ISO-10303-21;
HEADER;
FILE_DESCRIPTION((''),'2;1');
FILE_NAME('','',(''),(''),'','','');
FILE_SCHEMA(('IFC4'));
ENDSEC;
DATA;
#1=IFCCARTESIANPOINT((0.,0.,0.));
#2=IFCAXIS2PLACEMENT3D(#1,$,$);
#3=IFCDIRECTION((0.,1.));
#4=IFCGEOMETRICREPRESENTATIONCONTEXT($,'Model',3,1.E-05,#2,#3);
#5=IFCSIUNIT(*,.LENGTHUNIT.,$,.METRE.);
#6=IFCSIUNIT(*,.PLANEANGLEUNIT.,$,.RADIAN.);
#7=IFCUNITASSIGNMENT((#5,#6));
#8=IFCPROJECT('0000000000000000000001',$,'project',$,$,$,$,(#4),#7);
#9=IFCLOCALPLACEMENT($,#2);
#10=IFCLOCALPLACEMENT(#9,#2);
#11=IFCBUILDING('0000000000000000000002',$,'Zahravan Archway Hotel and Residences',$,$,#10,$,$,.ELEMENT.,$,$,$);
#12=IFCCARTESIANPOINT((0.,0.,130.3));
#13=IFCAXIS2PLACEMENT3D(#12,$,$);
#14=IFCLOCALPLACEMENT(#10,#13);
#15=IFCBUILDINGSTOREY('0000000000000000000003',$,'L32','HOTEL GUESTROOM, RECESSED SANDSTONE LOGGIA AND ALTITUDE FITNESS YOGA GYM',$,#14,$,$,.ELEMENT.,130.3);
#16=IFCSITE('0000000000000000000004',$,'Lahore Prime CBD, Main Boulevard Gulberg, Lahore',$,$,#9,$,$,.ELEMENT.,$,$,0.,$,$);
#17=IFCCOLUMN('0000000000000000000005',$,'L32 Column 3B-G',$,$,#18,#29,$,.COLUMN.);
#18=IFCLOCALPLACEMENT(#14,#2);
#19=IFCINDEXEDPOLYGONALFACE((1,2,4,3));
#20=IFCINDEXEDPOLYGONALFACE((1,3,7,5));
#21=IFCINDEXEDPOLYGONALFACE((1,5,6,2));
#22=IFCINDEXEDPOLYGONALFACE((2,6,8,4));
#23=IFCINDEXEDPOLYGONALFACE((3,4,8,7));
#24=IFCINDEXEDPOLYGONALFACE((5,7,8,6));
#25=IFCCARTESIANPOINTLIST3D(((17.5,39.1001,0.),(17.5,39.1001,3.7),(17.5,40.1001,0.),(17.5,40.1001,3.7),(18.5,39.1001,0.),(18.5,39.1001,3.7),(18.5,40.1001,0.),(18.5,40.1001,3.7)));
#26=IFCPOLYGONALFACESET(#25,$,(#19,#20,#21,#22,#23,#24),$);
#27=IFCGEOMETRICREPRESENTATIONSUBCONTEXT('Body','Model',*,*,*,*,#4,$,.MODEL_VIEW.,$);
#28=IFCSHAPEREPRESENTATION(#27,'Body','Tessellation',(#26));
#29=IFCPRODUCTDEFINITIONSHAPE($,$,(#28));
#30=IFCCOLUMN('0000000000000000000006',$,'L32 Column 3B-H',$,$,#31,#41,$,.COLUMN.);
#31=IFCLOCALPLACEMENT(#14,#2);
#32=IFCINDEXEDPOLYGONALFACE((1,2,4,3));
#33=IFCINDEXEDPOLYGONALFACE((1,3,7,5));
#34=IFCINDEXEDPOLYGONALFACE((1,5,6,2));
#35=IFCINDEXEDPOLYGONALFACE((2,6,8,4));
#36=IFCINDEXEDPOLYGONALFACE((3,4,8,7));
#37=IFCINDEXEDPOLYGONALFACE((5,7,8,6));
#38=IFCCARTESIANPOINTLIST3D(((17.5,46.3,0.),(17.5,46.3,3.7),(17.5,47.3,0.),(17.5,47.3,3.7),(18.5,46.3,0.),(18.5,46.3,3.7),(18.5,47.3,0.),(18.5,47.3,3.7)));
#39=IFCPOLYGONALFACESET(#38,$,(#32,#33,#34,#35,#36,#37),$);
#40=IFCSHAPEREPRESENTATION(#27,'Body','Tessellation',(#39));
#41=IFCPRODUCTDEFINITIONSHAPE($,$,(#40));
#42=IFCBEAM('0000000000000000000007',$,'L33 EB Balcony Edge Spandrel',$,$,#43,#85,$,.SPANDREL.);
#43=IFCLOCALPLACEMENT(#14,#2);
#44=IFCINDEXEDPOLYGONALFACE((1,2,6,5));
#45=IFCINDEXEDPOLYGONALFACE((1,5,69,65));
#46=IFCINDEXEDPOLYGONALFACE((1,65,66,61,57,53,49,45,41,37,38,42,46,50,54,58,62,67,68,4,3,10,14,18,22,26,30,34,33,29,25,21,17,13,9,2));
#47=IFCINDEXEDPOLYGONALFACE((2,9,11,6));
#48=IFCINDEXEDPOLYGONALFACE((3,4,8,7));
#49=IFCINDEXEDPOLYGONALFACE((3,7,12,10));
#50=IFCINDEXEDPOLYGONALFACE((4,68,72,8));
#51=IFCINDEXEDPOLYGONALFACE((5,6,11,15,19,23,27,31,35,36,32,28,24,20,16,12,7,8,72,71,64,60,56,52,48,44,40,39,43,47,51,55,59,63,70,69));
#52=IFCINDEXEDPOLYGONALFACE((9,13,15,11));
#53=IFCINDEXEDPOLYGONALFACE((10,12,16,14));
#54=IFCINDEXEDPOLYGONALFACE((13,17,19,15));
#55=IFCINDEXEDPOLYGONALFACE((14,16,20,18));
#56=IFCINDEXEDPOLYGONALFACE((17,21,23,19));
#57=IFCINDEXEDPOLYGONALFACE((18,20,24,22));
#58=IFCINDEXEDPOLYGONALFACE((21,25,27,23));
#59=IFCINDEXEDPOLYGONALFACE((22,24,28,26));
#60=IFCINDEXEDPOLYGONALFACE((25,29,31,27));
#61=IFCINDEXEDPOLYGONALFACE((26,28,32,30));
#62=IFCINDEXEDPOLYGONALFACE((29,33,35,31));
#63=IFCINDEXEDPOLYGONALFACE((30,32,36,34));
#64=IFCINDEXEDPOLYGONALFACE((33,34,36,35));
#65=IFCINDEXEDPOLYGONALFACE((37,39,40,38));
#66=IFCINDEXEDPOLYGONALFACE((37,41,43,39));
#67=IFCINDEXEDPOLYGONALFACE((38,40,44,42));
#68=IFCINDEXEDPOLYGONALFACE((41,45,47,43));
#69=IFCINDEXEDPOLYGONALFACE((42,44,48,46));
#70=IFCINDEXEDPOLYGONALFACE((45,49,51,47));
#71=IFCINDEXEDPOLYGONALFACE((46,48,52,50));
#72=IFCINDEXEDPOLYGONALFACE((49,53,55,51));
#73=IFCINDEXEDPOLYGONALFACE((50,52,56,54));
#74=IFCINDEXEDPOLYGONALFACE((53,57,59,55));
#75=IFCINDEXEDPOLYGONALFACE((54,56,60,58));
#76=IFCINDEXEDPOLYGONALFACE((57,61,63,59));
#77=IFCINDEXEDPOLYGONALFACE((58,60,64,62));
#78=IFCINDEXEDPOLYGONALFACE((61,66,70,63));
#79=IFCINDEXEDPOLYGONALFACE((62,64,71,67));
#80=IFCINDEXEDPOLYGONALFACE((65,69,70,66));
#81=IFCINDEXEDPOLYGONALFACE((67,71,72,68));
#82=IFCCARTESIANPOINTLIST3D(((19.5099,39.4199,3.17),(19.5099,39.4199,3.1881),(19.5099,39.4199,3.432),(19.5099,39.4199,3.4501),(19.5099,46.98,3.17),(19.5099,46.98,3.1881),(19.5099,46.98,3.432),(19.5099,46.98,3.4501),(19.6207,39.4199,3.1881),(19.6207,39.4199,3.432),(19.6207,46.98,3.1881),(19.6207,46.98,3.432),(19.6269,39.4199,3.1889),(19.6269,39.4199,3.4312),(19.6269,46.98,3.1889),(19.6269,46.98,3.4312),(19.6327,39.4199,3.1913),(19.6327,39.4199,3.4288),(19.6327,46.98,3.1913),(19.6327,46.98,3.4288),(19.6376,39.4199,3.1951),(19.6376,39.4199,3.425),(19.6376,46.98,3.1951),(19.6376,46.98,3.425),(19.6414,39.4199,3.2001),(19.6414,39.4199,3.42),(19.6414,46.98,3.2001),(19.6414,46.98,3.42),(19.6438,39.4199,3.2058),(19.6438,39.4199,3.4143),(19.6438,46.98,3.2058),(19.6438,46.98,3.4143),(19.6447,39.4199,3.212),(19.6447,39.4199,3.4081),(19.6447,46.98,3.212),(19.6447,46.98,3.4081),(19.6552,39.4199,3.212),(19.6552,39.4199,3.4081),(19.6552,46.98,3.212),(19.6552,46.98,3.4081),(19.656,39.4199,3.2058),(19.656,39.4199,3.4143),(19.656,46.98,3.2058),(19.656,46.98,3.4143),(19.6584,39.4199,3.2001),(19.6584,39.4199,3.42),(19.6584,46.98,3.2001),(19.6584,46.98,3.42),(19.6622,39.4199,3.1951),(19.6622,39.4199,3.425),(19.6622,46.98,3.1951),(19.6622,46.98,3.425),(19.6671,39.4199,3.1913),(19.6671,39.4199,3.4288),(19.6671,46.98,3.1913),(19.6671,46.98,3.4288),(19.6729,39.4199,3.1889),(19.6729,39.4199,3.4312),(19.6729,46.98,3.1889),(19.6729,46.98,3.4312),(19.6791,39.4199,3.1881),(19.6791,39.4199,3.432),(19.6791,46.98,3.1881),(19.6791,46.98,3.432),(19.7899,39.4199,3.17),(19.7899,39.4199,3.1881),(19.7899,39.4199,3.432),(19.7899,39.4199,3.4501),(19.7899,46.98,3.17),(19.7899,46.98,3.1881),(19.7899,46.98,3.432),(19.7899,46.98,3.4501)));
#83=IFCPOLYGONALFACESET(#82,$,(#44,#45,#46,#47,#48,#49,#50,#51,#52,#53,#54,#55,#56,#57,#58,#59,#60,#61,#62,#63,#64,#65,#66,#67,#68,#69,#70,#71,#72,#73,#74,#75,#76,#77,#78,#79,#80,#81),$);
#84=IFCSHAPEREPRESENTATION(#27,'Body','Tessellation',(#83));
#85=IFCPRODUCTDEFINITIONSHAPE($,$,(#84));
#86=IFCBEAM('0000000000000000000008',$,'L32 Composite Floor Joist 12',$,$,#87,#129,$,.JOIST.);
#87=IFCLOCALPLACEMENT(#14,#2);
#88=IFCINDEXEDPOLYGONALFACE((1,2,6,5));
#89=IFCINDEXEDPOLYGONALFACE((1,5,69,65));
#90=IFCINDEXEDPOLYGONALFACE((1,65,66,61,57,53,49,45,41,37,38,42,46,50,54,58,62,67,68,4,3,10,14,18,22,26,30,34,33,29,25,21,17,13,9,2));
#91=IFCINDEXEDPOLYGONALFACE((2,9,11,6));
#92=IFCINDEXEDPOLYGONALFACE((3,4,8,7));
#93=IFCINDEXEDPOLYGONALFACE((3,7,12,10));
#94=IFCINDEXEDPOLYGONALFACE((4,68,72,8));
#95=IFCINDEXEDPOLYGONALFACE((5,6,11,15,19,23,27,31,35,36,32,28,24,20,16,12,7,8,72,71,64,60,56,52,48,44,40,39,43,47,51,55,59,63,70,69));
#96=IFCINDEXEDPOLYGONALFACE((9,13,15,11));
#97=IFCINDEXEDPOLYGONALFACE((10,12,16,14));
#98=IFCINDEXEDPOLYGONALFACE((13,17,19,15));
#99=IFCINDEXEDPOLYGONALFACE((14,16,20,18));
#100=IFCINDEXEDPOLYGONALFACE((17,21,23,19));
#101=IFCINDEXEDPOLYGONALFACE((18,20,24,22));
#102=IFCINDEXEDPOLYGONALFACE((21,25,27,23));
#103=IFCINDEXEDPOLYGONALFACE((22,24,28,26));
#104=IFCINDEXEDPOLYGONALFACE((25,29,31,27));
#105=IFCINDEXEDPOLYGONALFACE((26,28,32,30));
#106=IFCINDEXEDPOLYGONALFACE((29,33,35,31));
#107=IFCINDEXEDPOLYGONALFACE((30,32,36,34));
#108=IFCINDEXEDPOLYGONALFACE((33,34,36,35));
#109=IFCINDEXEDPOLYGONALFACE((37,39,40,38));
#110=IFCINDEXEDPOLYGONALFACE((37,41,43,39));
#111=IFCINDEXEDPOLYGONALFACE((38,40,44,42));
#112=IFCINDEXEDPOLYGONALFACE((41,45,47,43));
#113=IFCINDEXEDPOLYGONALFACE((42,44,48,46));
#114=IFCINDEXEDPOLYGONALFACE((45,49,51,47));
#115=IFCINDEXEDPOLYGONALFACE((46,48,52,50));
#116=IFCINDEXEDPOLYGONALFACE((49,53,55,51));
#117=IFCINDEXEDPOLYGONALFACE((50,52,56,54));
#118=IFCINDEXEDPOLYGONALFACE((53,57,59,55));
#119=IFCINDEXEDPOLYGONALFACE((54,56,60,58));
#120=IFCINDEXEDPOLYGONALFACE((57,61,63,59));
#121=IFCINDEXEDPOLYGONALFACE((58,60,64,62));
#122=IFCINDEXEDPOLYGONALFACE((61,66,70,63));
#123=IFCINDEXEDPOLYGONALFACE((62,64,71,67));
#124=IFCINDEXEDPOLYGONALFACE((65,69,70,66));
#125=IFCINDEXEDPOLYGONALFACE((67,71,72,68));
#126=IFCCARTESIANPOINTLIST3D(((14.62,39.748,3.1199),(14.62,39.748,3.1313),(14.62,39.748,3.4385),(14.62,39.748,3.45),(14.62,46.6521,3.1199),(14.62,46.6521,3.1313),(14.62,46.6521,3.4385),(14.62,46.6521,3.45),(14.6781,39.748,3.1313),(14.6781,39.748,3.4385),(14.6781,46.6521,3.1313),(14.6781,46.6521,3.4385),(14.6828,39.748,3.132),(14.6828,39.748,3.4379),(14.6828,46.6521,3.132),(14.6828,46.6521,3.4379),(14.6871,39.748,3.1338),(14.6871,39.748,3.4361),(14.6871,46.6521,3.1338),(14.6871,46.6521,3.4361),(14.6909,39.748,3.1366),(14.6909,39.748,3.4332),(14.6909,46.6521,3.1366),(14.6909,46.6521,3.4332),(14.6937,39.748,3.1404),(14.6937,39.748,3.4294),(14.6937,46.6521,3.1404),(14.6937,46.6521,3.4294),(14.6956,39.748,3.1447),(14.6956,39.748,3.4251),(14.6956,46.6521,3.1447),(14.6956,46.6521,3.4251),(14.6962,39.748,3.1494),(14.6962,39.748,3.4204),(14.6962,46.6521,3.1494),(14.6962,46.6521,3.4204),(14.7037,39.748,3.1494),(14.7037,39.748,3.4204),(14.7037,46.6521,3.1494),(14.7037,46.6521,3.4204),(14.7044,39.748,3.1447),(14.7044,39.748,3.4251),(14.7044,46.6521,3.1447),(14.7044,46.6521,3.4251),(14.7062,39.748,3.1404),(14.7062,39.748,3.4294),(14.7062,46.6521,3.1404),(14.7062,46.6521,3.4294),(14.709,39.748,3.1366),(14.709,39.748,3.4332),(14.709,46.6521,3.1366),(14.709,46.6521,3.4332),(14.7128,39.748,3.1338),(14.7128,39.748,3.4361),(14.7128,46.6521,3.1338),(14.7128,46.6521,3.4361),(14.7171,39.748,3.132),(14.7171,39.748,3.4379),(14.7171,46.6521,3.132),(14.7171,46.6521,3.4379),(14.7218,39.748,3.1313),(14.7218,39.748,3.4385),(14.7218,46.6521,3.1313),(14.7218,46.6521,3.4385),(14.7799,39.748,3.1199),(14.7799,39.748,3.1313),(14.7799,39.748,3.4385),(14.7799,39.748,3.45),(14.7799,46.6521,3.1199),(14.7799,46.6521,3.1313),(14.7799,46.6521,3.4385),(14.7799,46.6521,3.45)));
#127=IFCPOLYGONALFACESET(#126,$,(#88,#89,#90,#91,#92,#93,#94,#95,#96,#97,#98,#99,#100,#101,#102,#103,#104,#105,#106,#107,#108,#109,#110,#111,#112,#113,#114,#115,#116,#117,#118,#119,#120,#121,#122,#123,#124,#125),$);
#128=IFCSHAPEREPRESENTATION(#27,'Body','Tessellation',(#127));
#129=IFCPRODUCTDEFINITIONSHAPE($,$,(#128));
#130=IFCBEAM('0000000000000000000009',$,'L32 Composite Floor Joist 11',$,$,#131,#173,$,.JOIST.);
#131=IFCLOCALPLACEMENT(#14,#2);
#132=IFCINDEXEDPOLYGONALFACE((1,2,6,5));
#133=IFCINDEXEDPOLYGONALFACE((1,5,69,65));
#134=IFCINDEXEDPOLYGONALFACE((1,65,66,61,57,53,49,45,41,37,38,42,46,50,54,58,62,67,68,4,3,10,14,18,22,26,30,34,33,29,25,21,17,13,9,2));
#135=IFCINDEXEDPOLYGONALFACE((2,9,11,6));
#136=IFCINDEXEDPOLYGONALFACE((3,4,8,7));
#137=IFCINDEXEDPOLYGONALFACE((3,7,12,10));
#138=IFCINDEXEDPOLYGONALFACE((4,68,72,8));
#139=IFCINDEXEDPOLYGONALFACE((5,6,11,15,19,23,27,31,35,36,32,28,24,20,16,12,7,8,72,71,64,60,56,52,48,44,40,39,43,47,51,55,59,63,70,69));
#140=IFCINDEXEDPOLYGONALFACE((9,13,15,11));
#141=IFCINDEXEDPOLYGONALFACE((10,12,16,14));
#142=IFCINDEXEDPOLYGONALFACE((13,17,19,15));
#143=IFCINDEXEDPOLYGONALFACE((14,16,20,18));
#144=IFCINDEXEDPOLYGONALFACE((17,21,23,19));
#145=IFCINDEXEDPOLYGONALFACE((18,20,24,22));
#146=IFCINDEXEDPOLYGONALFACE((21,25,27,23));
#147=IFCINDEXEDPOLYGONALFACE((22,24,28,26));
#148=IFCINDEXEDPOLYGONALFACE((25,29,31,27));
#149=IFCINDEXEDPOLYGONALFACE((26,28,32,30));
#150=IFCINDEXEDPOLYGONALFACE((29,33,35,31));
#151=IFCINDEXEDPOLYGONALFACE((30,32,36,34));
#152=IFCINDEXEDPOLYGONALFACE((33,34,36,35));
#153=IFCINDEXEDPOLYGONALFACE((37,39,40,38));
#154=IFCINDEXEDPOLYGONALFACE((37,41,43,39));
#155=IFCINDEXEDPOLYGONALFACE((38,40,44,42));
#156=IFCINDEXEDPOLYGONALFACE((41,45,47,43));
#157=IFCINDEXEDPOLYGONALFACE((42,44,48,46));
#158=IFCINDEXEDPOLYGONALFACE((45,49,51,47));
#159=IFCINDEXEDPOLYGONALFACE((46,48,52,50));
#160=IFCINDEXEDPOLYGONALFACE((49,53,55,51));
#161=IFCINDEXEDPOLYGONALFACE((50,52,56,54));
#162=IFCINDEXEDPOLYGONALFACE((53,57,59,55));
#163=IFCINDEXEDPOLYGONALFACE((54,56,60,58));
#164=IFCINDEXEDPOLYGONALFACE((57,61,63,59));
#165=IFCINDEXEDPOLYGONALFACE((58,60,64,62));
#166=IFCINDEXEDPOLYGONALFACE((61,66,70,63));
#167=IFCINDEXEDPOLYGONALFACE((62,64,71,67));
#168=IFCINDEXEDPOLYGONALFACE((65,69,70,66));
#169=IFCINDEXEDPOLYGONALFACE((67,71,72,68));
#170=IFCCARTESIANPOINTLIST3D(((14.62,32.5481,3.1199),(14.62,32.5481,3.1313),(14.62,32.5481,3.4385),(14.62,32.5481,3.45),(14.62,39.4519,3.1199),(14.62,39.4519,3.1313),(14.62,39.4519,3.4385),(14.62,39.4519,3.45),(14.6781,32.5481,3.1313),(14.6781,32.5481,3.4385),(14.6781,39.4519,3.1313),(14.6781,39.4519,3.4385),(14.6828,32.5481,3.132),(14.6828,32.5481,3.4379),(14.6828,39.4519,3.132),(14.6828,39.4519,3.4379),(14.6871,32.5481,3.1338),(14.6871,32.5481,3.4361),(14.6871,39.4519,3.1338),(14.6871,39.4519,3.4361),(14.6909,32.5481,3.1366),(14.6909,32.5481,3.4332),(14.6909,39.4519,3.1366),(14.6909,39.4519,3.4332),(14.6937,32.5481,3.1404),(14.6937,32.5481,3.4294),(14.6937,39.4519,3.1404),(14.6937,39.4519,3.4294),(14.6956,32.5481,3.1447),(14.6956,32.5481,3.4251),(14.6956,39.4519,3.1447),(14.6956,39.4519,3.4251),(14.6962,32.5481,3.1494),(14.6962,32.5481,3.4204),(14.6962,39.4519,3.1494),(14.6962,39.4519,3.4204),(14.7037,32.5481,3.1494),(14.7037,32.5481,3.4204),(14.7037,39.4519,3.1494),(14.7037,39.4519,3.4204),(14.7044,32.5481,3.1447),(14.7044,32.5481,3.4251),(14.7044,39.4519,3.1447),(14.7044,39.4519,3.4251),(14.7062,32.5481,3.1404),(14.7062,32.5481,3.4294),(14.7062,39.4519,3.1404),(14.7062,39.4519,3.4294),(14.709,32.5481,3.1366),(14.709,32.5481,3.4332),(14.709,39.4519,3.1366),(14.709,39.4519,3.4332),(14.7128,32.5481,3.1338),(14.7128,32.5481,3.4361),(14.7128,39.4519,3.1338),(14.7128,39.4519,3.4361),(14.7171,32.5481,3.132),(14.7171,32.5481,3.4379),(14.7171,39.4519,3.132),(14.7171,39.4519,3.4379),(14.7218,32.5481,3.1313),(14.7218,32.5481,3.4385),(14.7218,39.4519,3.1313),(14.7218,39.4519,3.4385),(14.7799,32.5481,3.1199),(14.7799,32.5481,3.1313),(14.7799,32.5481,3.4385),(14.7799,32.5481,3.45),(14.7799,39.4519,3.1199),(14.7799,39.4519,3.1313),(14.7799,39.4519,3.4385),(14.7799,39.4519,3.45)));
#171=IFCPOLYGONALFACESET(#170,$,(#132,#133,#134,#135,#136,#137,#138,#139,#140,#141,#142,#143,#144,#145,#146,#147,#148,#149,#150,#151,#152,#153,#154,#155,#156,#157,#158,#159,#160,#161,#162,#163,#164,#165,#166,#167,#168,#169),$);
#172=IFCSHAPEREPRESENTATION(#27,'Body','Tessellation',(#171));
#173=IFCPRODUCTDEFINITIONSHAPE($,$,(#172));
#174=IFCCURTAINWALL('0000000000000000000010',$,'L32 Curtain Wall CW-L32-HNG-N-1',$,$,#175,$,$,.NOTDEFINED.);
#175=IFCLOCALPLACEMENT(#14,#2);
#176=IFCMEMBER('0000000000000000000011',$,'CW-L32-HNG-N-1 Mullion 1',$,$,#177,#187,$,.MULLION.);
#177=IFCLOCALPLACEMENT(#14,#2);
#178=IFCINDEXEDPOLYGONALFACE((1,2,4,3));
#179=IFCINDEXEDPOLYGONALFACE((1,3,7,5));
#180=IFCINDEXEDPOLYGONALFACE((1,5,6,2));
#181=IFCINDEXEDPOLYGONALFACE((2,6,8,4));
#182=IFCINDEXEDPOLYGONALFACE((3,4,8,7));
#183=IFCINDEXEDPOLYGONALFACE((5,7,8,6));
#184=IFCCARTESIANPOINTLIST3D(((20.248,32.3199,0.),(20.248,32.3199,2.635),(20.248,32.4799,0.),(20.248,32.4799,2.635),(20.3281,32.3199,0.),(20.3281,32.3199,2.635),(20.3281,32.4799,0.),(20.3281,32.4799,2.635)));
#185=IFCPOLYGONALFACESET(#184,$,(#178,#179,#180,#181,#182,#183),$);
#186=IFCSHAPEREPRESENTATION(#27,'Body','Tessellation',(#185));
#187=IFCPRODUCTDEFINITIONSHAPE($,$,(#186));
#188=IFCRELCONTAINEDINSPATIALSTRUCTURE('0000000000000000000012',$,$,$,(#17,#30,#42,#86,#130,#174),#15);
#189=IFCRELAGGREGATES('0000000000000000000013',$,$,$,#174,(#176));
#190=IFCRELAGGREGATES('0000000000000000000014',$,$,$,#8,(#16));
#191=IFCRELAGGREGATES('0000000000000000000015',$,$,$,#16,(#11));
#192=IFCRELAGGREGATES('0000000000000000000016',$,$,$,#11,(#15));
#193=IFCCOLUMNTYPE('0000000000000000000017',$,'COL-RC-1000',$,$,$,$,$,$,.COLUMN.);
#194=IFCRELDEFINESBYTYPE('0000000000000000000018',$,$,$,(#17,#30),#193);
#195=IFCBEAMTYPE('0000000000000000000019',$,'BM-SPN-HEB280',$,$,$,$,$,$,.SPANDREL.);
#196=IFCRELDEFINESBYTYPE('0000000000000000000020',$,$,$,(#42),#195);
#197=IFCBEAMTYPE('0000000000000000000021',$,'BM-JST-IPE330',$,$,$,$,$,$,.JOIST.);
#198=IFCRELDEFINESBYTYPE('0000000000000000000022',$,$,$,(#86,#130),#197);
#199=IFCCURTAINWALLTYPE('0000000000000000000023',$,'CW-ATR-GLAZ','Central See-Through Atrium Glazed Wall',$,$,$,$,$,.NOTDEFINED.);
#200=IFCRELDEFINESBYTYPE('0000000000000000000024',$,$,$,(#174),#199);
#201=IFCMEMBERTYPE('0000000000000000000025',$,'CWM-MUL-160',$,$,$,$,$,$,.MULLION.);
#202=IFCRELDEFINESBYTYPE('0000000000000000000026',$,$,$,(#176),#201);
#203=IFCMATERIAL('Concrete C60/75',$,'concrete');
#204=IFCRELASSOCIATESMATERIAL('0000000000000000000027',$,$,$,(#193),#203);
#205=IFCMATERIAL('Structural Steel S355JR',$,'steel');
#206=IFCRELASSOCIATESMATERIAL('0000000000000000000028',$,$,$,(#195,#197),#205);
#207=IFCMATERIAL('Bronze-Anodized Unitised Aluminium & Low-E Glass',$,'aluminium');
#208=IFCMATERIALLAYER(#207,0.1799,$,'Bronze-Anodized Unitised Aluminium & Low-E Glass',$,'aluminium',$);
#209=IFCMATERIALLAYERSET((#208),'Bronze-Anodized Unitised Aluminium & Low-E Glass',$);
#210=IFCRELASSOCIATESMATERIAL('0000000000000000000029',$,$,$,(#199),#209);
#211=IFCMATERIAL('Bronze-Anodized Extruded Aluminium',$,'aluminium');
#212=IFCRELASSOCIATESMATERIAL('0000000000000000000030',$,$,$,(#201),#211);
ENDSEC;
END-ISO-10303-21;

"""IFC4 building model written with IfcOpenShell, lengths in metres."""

from ifc_helpers import new_model, si_unit, direction, frame, origin, origin_2d, place, context, subcontext, project, spatial, rectangle, i_section, extrude, source, transform, mapped, material, layer, layer_set, material_profile, profile_set, type_object, type_shapes, element, aggregate, save


model = new_model("IFC4")

# Units and contexts
model_context = context("Model", 3, precision=1e-05, world=origin(), true_north=direction((0.0, 1.0)))
body_context = subcontext(model_context, "Body", "Model", "MODEL_VIEW")
ifc_project = project(units=[si_unit("LENGTHUNIT", "METRE"), si_unit("PLANEANGLEUNIT", "RADIAN")], contexts=[model_context])

# Site, building, storey
site_placement = place(None, origin())
site = spatial("IfcSite", under=ifc_project, at=site_placement, Name="Lahore Prime CBD, Main Boulevard Gulberg, Lahore", CompositionType="ELEMENT", RefElevation=0.0)
building_placement = place(site_placement, origin())
building = spatial("IfcBuilding", under=site, at=building_placement, Name="Zahravan Archway Hotel and Residences", CompositionType="ELEMENT")
storey_placement = place(building_placement, frame((0.0, 0.0, 130.3)))
storey = spatial("IfcBuildingStorey", under=building, at=storey_placement, Name="L32", Description="HOTEL GUESTROOM, RECESSED SANDSTONE LOGGIA AND ALTITUDE FITNESS YOGA GYM", CompositionType="ELEMENT", Elevation=130.3)

# Columns
ifc_material_1 = material(Name="Concrete C60/75", Category="concrete")
ifc_material_profile_1 = material_profile(ifc_material_1, rectangle(XDim=1.0, YDim=1.0, at=origin_2d()), Name="RC-COL-1000x1000", Category="concrete")
ifc_profile_set_1 = profile_set([ifc_material_profile_1], Name="Concrete C60/75")
column_type = type_object("IfcColumnType", Name="COL-RC-1000", PredefinedType="COLUMN", material=ifc_profile_set_1)
shared_shape_1 = source(origin(), body_context, "Body", "SweptSolid", [
    extrude(rectangle(XDim=1.0, YDim=1.0, at=origin_2d()), origin(), (0.0, 0.0, 1.0), 3.7),
])
type_shapes(column_type, [shared_shape_1])
for number, where, z_axis, x_axis, name in (
    (1, (18.0, 39.6001, 0.0), (0.0, 0.0, 1.0), (1.0, 0.0, 0.0), "L32 Column 3B-G"),
    (2, (18.0, 46.8, 0.0), (0.0, 0.0, 1.0), (1.0, 0.0, 0.0), "L32 Column 3B-H"),
):
    element("IfcColumn", number, at=place(storey_placement, frame(where, z_axis=z_axis, x_axis=x_axis)), inside=storey, type_object=column_type, Name=name, PredefinedType="COLUMN", context=body_context, shape_type="MappedRepresentation", body=[
        mapped(shared_shape_1, transform((0.0, 0.0, 0.0), scale=1.0)),
    ])

# Beams
ifc_material_2 = material(Name="Structural Steel S355JR", Category="steel")
ifc_material_profile_2 = material_profile(ifc_material_2, i_section(OverallWidth=0.28, OverallDepth=0.28, WebThickness=0.0105, FlangeThickness=0.0181, FilletRadius=0.0239, at=origin_2d()), Name="HEB 280", Category="steel")
ifc_profile_set_2 = profile_set([ifc_material_profile_2], Name="Structural Steel S355JR")
beam_type_1 = type_object("IfcBeamType", Name="BM-SPN-HEB280", PredefinedType="SPANDREL", material=ifc_profile_set_2)
shared_shape_2 = source(origin(), body_context, "Body", "SweptSolid", [
    extrude(i_section(OverallWidth=0.28, OverallDepth=0.28, WebThickness=0.0105, FlangeThickness=0.0181, FilletRadius=0.0239, at=origin_2d()), origin(), (0.0, 0.0, 1.0), 7.5601),
])
type_shapes(beam_type_1, [shared_shape_2])
beam_1_placement = place(storey_placement, frame((19.6499, 39.4199, 3.3101), z_axis=(0.0, 1.0, 0.0), x_axis=(-1.0, 0.0, 0.0)))
element("IfcBeam", 3, at=beam_1_placement, inside=storey, type_object=beam_type_1, Name="L33 EB Balcony Edge Spandrel", PredefinedType="SPANDREL", context=body_context, shape_type="MappedRepresentation", body=[
    mapped(shared_shape_2, transform((0.0, 0.0, 0.0), scale=1.0)),
])
ifc_material_profile_3 = material_profile(ifc_material_2, i_section(OverallWidth=0.1599, OverallDepth=0.3301, WebThickness=0.0076, FlangeThickness=0.0115, FilletRadius=0.0181, at=origin_2d()), Name="IPE 330", Category="steel")
ifc_profile_set_3 = profile_set([ifc_material_profile_3], Name="Structural Steel S355JR")
beam_type_2 = type_object("IfcBeamType", Name="BM-JST-IPE330", PredefinedType="JOIST", material=ifc_profile_set_3)
shared_shape_3 = source(origin(), body_context, "Body", "SweptSolid", [
    extrude(i_section(OverallWidth=0.1599, OverallDepth=0.3301, WebThickness=0.0076, FlangeThickness=0.0115, FilletRadius=0.0181, at=origin_2d()), origin(), (0.0, 0.0, 1.0), 6.9041),
])
type_shapes(beam_type_2, [shared_shape_3])
beam_2_placement = place(storey_placement, frame((14.7, 39.748, 3.2849), z_axis=(0.0, 1.0, 0.0), x_axis=(-1.0, 0.0, 0.0)))
element("IfcBeam", 4, at=beam_2_placement, inside=storey, type_object=beam_type_2, Name="L32 Composite Floor Joist 12", PredefinedType="JOIST", context=body_context, shape_type="MappedRepresentation", body=[
    mapped(shared_shape_3, transform((0.0, 0.0, 0.0), scale=1.0)),
])
shared_shape_4 = source(origin(), body_context, "Body", "SweptSolid", [
    extrude(i_section(OverallWidth=0.1599, OverallDepth=0.3301, WebThickness=0.0076, FlangeThickness=0.0115, FilletRadius=0.0181, at=origin_2d()), origin(), (0.0, 0.0, 1.0), 6.9038),
])
beam_3_placement = place(storey_placement, frame((14.7, 32.5481, 3.2849), z_axis=(0.0, 1.0, 0.0), x_axis=(-1.0, 0.0, 0.0)))
element("IfcBeam", 5, at=beam_3_placement, inside=storey, type_object=beam_type_2, Name="L32 Composite Floor Joist 11", PredefinedType="JOIST", context=body_context, shape_type="MappedRepresentation", body=[
    mapped(shared_shape_4, transform((0.0, 0.0, 0.0), scale=1.0)),
])

# Curtain wall, member
ifc_material_3 = material(Name="Bronze-Anodized Unitised Aluminium & Low-E Glass", Category="aluminium")
ifc_layer_1 = layer(ifc_material_3, 0.1799, Name="Bronze-Anodized Unitised Aluminium & Low-E Glass", Category="aluminium")
ifc_layer_set_1 = layer_set([ifc_layer_1], Name="Bronze-Anodized Unitised Aluminium & Low-E Glass")
curtain_wall_type = type_object("IfcCurtainWallType", Name="CW-ATR-GLAZ", Description="Central See-Through Atrium Glazed Wall", PredefinedType="NOTDEFINED", material=ifc_layer_set_1)
curtain_wall_placement = place(storey_placement, origin())
curtain_wall = element("IfcCurtainWall", 6, at=curtain_wall_placement, inside=storey, type_object=curtain_wall_type, Name="L32 Curtain Wall CW-L32-HNG-N-1", PredefinedType="NOTDEFINED")
ifc_material_4 = material(Name="Bronze-Anodized Extruded Aluminium", Category="aluminium")
ifc_material_profile_4 = material_profile(ifc_material_4, rectangle(XDim=0.0801, YDim=0.1599, at=origin_2d()), Name="MUL 80x160", Category="aluminium")
ifc_profile_set_4 = profile_set([ifc_material_profile_4], Name="Bronze-Anodized Extruded Aluminium")
member_type_1 = type_object("IfcMemberType", Name="CWM-MUL-160", PredefinedType="MULLION", material=ifc_profile_set_4)
shared_shape_5 = source(origin(), body_context, "Body", "SweptSolid", [
    extrude(rectangle(XDim=0.0801, YDim=0.1599, at=origin_2d()), origin(), (0.0, 0.0, 1.0), 2.635),
])
member_1_placement = place(storey_placement, frame((20.2881, 32.3999, 0.0), z_axis=(0.0, 0.0, 1.0), x_axis=(1.0, 0.0, 0.0)))
member_1 = element("IfcMember", 7, at=member_1_placement, type_object=member_type_1, Name="CW-L32-HNG-N-1 Mullion 1", PredefinedType="MULLION", context=body_context, shape_type="MappedRepresentation", body=[
    mapped(shared_shape_5, transform((0.0, 0.0, 0.0), scale=1.0)),
])
aggregate(curtain_wall, [member_1])

save(model, "model.ifc")
